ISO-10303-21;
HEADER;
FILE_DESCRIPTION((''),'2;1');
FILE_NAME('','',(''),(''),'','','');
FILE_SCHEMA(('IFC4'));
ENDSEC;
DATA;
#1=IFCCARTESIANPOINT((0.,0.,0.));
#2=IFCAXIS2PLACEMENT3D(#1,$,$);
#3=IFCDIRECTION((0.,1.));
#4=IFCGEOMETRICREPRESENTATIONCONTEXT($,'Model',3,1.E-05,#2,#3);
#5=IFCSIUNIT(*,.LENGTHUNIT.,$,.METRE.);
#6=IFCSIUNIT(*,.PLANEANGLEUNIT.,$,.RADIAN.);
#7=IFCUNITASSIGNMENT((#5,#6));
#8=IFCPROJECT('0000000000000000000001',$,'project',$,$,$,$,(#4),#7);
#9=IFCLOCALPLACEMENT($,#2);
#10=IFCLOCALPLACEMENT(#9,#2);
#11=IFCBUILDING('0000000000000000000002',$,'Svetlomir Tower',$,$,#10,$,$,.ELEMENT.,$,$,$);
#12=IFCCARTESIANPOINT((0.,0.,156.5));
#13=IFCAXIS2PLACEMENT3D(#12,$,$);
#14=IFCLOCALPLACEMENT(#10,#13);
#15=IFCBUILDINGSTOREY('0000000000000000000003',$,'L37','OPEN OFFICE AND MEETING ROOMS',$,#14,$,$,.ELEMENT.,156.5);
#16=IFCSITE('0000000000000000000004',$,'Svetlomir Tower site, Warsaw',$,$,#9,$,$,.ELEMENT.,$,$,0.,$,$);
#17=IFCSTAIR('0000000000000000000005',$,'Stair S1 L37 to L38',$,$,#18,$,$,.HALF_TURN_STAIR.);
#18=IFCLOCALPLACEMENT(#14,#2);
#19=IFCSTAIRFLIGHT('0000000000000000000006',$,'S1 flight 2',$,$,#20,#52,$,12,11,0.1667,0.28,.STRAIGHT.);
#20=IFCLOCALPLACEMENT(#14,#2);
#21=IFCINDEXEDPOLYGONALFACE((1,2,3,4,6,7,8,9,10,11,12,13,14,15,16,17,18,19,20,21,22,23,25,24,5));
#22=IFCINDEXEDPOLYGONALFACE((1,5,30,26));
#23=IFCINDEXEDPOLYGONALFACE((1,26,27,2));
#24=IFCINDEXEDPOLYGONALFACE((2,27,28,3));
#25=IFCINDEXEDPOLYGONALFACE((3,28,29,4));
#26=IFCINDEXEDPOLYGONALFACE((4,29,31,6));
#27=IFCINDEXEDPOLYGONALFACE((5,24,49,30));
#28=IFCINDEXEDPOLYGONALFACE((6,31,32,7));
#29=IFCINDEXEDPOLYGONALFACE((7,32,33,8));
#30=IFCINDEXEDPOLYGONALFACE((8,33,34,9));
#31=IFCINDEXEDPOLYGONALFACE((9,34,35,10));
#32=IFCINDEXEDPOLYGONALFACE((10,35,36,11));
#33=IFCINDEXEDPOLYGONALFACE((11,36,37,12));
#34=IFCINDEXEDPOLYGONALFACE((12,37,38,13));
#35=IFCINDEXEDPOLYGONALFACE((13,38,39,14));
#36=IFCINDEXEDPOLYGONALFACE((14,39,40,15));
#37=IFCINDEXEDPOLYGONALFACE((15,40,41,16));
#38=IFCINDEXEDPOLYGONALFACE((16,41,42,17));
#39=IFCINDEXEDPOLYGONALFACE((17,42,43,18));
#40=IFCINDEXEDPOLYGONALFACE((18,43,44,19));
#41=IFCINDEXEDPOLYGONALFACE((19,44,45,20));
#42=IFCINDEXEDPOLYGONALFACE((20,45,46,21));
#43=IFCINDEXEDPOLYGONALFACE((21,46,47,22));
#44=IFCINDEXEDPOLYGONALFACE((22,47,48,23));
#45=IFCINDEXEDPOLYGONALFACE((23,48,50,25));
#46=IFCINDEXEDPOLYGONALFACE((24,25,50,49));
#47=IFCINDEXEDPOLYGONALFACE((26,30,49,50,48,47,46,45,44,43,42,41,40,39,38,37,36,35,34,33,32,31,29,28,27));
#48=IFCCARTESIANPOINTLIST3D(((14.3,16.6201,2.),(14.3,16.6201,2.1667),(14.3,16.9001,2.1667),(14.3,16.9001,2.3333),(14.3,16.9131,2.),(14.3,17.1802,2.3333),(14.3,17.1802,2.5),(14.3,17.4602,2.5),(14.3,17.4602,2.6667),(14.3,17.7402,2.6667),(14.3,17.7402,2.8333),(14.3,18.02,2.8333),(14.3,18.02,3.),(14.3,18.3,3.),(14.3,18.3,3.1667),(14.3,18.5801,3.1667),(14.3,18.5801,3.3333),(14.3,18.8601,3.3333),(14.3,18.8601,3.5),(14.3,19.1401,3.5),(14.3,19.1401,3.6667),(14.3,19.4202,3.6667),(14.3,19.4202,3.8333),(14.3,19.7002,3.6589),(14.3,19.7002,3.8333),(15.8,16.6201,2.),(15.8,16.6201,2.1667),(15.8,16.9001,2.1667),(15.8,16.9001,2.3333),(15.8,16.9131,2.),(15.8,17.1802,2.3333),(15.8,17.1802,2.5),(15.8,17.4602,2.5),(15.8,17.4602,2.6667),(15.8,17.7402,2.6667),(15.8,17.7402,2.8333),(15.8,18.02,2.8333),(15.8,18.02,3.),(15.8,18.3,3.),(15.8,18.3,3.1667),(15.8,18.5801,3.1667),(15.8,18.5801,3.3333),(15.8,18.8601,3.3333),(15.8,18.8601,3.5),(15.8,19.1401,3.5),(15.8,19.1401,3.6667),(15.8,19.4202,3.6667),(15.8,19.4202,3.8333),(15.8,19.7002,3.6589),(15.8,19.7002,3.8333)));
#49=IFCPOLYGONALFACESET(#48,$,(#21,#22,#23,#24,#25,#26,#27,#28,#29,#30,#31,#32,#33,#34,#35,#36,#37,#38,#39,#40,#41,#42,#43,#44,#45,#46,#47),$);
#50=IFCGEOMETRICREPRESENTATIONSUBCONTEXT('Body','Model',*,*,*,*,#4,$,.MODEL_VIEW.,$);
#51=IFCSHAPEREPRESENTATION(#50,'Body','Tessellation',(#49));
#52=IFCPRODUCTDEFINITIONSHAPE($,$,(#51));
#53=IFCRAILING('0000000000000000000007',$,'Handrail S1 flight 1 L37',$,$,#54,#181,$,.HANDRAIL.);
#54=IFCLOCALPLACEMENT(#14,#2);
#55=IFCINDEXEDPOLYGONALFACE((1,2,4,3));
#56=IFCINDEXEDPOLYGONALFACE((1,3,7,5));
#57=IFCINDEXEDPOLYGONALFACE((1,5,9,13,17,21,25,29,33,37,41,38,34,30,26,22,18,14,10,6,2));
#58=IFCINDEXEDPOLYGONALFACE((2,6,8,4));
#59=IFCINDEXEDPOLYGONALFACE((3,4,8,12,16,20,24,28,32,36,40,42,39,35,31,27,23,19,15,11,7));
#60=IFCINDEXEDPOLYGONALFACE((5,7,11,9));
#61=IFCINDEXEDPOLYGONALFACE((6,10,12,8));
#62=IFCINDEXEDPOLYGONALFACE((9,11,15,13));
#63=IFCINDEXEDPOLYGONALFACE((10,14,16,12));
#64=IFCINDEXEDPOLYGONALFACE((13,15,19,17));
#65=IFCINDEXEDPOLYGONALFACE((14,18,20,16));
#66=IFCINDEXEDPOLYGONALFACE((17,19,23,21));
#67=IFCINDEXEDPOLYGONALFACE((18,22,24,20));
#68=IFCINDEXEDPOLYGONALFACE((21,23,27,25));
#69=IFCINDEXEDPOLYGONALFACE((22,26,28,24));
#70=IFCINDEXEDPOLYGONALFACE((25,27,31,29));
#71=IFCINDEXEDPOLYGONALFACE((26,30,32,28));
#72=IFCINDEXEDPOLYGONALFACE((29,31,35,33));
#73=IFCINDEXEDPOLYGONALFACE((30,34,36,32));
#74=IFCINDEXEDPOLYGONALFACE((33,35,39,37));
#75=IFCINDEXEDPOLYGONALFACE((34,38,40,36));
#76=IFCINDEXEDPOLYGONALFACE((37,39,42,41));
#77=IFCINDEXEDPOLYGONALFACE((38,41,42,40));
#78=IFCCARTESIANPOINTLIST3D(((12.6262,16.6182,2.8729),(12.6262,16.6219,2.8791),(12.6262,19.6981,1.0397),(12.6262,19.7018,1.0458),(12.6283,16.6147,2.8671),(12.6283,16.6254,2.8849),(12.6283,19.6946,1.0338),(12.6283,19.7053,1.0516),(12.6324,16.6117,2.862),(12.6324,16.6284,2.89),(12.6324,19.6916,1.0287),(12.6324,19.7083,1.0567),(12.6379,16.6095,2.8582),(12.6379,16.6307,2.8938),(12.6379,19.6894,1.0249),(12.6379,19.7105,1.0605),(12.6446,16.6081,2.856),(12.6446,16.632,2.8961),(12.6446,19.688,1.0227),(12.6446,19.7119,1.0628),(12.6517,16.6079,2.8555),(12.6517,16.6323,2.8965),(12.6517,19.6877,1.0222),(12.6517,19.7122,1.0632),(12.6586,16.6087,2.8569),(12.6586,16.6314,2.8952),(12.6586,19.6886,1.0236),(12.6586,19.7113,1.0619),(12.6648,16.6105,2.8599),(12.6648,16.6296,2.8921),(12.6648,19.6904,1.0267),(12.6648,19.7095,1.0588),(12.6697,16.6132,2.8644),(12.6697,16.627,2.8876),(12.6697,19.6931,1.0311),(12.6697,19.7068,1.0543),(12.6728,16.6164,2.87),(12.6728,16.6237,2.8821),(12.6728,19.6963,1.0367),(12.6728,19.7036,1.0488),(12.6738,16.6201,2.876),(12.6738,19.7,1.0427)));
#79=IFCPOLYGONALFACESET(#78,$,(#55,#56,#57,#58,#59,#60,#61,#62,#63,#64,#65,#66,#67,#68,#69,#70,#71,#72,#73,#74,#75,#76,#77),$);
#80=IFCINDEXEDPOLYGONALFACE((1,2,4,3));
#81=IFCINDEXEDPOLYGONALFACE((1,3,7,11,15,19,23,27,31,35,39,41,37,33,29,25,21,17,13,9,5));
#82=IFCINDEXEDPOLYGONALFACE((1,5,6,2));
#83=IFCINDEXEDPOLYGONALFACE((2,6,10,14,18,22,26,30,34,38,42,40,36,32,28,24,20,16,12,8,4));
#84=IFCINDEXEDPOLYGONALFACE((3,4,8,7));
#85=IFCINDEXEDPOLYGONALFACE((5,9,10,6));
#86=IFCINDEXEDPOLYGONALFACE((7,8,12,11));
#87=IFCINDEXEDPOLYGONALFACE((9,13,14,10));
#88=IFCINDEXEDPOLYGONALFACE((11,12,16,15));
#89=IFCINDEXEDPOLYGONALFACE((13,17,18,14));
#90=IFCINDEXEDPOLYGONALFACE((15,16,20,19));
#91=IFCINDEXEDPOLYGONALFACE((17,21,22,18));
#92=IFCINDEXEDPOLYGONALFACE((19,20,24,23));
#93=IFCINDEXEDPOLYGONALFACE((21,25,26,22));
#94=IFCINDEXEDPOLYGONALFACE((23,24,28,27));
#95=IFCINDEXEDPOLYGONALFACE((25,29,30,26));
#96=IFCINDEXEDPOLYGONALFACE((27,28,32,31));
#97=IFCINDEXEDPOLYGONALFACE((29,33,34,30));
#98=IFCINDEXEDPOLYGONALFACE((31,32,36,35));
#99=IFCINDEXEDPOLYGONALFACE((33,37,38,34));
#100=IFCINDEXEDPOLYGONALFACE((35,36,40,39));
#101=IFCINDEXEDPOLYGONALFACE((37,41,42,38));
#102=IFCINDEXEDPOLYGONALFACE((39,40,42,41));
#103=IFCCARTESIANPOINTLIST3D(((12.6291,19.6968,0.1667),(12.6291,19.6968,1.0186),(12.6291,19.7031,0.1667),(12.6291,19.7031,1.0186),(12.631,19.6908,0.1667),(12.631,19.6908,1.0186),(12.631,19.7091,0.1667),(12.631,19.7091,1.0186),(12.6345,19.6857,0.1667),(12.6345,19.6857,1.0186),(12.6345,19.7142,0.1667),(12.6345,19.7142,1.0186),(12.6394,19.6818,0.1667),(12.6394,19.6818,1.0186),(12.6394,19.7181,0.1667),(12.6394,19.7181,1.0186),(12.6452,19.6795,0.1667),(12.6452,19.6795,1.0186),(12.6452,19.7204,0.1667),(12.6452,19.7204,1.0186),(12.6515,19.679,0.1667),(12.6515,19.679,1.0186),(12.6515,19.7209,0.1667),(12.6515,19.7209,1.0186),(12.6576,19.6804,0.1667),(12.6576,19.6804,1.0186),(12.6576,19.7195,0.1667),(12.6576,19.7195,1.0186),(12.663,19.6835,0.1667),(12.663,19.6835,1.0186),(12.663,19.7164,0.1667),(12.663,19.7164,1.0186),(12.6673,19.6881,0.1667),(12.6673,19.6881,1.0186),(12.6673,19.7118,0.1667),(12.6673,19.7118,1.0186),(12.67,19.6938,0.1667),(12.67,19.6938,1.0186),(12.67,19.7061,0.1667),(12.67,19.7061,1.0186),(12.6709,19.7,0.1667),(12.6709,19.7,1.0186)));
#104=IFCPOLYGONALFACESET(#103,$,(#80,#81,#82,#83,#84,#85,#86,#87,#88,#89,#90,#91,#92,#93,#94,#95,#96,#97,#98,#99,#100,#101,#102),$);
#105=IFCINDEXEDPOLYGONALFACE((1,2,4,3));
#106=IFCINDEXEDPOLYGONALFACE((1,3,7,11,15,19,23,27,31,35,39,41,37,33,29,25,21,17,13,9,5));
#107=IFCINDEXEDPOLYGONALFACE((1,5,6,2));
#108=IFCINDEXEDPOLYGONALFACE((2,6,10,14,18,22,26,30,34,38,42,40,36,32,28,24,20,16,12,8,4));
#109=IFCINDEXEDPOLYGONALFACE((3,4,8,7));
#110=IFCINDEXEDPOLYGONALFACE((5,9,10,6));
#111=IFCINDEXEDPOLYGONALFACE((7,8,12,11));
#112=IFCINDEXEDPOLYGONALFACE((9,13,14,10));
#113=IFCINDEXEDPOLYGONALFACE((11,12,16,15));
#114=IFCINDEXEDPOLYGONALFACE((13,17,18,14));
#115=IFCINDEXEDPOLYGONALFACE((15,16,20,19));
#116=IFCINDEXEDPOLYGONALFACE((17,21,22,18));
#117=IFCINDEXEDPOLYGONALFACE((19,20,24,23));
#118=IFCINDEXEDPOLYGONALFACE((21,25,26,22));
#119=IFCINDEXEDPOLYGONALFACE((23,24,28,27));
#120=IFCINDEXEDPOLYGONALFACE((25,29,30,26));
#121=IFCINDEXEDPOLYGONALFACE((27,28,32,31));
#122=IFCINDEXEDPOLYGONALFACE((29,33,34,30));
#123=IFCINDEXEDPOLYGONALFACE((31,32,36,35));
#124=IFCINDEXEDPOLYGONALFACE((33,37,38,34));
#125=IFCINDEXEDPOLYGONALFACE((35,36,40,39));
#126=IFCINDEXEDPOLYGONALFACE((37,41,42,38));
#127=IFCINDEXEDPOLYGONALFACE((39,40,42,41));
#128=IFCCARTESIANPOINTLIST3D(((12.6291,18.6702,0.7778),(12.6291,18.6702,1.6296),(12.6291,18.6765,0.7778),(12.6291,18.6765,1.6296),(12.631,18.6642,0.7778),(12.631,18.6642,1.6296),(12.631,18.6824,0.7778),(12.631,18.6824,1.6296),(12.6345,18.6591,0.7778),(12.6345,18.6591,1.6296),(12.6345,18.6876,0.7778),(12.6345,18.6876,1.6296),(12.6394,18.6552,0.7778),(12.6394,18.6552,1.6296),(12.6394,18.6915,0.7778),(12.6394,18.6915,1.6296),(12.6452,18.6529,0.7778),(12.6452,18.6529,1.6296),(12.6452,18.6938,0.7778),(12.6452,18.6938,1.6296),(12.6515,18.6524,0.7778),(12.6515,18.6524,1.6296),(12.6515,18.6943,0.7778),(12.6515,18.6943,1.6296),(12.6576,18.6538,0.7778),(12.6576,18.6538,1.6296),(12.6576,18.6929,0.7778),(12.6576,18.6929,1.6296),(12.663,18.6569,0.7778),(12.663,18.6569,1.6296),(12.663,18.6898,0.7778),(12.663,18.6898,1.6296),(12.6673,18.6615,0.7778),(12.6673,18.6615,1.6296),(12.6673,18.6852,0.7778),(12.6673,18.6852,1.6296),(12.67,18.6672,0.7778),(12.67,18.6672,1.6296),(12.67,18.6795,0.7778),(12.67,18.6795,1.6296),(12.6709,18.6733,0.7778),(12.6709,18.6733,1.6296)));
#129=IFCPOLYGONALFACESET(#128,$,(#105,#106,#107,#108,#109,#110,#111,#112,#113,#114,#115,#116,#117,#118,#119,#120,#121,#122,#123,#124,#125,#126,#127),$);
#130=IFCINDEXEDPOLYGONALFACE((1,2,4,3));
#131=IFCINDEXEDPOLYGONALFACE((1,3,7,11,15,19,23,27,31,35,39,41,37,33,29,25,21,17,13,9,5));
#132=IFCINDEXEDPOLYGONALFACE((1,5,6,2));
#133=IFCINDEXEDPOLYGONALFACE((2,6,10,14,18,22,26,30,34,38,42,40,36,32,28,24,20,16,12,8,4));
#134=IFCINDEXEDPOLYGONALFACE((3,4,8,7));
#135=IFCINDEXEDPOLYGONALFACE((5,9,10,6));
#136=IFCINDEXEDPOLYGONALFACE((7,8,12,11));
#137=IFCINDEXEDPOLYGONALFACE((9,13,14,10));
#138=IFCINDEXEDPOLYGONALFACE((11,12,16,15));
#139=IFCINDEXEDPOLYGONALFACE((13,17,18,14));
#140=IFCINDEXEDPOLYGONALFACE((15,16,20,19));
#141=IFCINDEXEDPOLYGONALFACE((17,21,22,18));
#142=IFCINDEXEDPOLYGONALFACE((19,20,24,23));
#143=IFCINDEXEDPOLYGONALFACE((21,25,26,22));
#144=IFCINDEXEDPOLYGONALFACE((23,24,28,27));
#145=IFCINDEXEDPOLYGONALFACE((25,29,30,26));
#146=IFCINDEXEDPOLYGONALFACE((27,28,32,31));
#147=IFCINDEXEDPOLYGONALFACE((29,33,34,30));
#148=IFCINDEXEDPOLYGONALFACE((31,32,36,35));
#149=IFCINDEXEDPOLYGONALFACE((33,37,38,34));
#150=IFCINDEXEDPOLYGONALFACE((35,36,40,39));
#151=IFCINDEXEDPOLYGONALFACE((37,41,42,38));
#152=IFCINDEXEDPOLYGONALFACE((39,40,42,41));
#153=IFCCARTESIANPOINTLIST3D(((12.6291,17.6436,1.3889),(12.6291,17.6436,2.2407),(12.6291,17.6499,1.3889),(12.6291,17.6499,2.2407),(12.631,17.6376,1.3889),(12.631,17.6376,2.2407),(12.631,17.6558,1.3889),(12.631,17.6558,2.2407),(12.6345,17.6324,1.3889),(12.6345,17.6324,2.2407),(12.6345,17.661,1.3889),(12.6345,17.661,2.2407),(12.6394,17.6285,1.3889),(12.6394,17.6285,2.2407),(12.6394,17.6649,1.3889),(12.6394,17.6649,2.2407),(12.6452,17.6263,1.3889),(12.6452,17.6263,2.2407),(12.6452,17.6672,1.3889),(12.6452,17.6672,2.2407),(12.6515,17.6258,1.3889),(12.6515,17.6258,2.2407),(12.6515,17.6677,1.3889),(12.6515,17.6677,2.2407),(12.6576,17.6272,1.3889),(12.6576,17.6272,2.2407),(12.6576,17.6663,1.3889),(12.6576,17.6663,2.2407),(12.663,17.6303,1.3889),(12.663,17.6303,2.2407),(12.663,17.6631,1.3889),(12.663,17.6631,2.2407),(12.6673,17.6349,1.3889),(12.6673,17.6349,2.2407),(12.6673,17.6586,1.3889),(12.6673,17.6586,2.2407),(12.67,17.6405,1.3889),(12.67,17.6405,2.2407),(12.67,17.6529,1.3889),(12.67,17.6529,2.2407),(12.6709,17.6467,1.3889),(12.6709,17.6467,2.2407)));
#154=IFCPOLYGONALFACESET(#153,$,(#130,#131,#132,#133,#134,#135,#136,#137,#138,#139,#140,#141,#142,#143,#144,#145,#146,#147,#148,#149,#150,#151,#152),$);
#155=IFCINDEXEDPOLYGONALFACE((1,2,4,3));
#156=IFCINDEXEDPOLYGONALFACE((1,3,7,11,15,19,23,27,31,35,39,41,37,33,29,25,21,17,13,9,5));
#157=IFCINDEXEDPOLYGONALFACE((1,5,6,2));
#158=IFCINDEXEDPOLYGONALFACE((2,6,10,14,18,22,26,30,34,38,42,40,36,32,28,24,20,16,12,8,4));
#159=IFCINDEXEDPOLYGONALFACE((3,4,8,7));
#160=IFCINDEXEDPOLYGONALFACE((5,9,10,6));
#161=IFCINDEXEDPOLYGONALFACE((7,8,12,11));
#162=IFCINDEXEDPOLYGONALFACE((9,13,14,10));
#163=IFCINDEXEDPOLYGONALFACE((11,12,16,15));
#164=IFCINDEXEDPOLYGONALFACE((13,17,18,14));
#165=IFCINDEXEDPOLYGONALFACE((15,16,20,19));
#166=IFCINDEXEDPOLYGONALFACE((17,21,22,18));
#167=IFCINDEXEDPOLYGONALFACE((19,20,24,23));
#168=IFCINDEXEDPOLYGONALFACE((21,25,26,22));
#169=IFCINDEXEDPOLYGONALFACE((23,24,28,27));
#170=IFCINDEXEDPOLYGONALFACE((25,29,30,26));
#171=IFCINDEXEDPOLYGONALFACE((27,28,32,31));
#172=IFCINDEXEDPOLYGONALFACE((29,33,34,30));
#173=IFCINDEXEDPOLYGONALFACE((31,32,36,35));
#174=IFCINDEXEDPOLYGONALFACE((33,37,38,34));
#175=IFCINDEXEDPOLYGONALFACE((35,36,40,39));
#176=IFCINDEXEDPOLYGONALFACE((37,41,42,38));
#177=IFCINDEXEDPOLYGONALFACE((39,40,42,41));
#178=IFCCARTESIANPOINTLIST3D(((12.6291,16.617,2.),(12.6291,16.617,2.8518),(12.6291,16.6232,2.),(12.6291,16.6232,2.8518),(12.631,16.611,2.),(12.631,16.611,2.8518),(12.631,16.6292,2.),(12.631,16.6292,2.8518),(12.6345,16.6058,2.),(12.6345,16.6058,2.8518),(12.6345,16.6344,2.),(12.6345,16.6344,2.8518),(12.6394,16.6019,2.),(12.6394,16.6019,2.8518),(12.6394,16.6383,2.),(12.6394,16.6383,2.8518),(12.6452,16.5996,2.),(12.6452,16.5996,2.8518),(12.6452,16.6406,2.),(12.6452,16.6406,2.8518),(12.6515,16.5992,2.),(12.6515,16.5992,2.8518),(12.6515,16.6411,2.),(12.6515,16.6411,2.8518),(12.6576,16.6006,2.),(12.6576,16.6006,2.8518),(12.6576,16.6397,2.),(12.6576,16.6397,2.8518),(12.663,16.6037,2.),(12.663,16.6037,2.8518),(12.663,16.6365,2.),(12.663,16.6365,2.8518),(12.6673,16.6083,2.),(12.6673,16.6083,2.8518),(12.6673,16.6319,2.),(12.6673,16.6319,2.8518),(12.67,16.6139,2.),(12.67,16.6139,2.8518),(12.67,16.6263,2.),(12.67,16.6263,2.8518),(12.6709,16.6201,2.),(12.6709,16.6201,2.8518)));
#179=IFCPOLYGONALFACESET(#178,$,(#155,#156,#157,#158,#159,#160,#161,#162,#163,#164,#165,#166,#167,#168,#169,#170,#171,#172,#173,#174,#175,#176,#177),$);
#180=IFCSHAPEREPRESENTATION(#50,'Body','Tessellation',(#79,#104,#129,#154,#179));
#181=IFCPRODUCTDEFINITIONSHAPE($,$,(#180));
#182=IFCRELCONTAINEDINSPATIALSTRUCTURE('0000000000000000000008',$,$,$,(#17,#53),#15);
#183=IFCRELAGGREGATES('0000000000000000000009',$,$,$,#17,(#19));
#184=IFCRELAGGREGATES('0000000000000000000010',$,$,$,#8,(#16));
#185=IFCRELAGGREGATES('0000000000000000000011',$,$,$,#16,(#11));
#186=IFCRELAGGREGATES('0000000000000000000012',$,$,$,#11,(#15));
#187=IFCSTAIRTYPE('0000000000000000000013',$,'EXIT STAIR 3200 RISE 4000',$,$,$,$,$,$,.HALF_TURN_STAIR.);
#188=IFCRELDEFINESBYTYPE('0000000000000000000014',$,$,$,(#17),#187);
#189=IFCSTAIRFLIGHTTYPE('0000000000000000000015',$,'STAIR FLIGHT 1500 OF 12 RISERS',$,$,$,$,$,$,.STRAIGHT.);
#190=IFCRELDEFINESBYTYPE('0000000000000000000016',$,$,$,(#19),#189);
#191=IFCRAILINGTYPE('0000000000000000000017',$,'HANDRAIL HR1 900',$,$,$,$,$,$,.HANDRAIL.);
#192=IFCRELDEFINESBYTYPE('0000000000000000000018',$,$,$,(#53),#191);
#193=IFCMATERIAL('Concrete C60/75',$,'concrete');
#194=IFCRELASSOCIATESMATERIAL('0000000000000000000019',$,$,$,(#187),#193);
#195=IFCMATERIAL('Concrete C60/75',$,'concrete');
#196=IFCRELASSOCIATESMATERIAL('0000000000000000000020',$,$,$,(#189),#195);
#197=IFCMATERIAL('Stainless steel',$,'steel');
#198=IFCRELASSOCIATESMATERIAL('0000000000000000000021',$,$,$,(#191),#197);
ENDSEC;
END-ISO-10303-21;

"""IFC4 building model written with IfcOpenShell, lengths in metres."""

from ifc_helpers import new_model, si_unit, direction, frame, origin, origin_2d, place, context, subcontext, project, spatial, polyline, circle, outline, extrude, material, type_object, element, aggregate, save


model = new_model("IFC4")

# Units and contexts
model_context = context("Model", 3, precision=1e-05, world=origin(), true_north=direction((0.0, 1.0)))
body_context = subcontext(model_context, "Body", "Model", "MODEL_VIEW")
ifc_project = project(units=[si_unit("LENGTHUNIT", "METRE"), si_unit("PLANEANGLEUNIT", "RADIAN")], contexts=[model_context])

# Site, building, storey
site_placement = place(None, origin())
site = spatial("IfcSite", under=ifc_project, at=site_placement, Name="Svetlomir Tower site, Warsaw", CompositionType="ELEMENT", RefElevation=0.0)
building_placement = place(site_placement, origin())
building = spatial("IfcBuilding", under=site, at=building_placement, Name="Svetlomir Tower", CompositionType="ELEMENT")
storey_placement = place(building_placement, frame((0.0, 0.0, 156.5)))
storey = spatial("IfcBuildingStorey", under=building, at=storey_placement, Name="L37", Description="OPEN OFFICE AND MEETING ROOMS", CompositionType="ELEMENT", Elevation=156.5)

# Stair, stair flight
ifc_material_1 = material(Name="Concrete C60/75", Category="concrete")
stair_type = type_object("IfcStairType", Name="EXIT STAIR 3200 RISE 4000", PredefinedType="HALF_TURN_STAIR", material=ifc_material_1)
stair_placement = place(storey_placement, origin())
stair = element("IfcStair", 1, at=stair_placement, inside=storey, type_object=stair_type, Name="Stair S1 L37 to L38", PredefinedType="HALF_TURN_STAIR")
ifc_material_2 = material(Name="Concrete C60/75", Category="concrete")
stair_flight_type = type_object("IfcStairFlightType", Name="STAIR FLIGHT 1500 OF 12 RISERS", PredefinedType="STRAIGHT", material=ifc_material_2)
stair_flight_1_placement = place(storey_placement, frame((15.05, 16.6201, 2.0), z_axis=(0.0, 0.0, 1.0), x_axis=(0.0, 1.0, 0.0)))
stair_flight_1 = element("IfcStairFlight", 2, at=stair_flight_1_placement, type_object=stair_flight_type, Name="S1 flight 2", NumberOfRisers=12, NumberOfTreads=11, PredefinedType="STRAIGHT", RiserHeight=0.1667, TreadLength=0.28, context=body_context, shape_type="SweptSolid", body=[
    extrude(outline(polyline([(0.0, 0.0), (0.0, 0.1667), (0.28, 0.1667), (0.28, 0.3333), (0.5601, 0.3333), (0.5601, 0.5), (0.8401, 0.5), (0.8401, 0.6667), (1.1201, 0.6667), (1.1201, 0.8333), (1.3999, 0.8333), (1.3999, 1.0), (1.6799, 1.0), (1.6799, 1.1667), (1.96, 1.1667), (1.96, 1.3333), (2.24, 1.3333), (2.24, 1.5), (2.52, 1.5), (2.52, 1.6667), (2.8, 1.6667), (2.8, 1.8333), (3.0801, 1.8333), (3.0801, 2.0), (3.0801, 1.6589), (0.293, 0.0), (0.0, 0.0)])), frame((0.0, 0.75, 0.0), z_axis=(0.0, -1.0, 0.0), x_axis=(1.0, 0.0, 0.0)), (0.0, 0.0, 1.0), 1.5),
])
aggregate(stair, [stair_flight_1])

# Railing
ifc_material_3 = material(Name="Stainless steel", Category="steel")
railing_type = type_object("IfcRailingType", Name="HANDRAIL HR1 900", PredefinedType="HANDRAIL", material=ifc_material_3)
railing_placement = place(storey_placement, frame((12.6499, 19.7, 0.1667)))
element("IfcRailing", 3, at=railing_placement, inside=storey, type_object=railing_type, Name="Handrail S1 flight 1 L37", PredefinedType="HANDRAIL", context=body_context, shape_type="SweptSolid", body=[
    extrude(circle(Radius=0.0239, at=origin_2d()), frame((0.0, 0.0, 0.876), z_axis=(0.0, -0.859291, 0.511487), x_axis=(1.0, 0.0, 0.0)), (0.0, 0.0, 1.0), 3.5842),
    extrude(circle(Radius=0.021, at=origin_2d()), origin(), (0.0, 0.0, 1.0), 0.8518),
    extrude(circle(Radius=0.021, at=origin_2d()), frame((0.0, -1.0266, 0.6111)), (0.0, 0.0, 1.0), 0.8518),
    extrude(circle(Radius=0.021, at=origin_2d()), frame((0.0, -2.0532, 1.2222)), (0.0, 0.0, 1.0), 0.8518),
    extrude(circle(Radius=0.021, at=origin_2d()), frame((0.0, -3.0798, 1.8333)), (0.0, 0.0, 1.0), 0.8518),
])

save(model, "model.ifc")
